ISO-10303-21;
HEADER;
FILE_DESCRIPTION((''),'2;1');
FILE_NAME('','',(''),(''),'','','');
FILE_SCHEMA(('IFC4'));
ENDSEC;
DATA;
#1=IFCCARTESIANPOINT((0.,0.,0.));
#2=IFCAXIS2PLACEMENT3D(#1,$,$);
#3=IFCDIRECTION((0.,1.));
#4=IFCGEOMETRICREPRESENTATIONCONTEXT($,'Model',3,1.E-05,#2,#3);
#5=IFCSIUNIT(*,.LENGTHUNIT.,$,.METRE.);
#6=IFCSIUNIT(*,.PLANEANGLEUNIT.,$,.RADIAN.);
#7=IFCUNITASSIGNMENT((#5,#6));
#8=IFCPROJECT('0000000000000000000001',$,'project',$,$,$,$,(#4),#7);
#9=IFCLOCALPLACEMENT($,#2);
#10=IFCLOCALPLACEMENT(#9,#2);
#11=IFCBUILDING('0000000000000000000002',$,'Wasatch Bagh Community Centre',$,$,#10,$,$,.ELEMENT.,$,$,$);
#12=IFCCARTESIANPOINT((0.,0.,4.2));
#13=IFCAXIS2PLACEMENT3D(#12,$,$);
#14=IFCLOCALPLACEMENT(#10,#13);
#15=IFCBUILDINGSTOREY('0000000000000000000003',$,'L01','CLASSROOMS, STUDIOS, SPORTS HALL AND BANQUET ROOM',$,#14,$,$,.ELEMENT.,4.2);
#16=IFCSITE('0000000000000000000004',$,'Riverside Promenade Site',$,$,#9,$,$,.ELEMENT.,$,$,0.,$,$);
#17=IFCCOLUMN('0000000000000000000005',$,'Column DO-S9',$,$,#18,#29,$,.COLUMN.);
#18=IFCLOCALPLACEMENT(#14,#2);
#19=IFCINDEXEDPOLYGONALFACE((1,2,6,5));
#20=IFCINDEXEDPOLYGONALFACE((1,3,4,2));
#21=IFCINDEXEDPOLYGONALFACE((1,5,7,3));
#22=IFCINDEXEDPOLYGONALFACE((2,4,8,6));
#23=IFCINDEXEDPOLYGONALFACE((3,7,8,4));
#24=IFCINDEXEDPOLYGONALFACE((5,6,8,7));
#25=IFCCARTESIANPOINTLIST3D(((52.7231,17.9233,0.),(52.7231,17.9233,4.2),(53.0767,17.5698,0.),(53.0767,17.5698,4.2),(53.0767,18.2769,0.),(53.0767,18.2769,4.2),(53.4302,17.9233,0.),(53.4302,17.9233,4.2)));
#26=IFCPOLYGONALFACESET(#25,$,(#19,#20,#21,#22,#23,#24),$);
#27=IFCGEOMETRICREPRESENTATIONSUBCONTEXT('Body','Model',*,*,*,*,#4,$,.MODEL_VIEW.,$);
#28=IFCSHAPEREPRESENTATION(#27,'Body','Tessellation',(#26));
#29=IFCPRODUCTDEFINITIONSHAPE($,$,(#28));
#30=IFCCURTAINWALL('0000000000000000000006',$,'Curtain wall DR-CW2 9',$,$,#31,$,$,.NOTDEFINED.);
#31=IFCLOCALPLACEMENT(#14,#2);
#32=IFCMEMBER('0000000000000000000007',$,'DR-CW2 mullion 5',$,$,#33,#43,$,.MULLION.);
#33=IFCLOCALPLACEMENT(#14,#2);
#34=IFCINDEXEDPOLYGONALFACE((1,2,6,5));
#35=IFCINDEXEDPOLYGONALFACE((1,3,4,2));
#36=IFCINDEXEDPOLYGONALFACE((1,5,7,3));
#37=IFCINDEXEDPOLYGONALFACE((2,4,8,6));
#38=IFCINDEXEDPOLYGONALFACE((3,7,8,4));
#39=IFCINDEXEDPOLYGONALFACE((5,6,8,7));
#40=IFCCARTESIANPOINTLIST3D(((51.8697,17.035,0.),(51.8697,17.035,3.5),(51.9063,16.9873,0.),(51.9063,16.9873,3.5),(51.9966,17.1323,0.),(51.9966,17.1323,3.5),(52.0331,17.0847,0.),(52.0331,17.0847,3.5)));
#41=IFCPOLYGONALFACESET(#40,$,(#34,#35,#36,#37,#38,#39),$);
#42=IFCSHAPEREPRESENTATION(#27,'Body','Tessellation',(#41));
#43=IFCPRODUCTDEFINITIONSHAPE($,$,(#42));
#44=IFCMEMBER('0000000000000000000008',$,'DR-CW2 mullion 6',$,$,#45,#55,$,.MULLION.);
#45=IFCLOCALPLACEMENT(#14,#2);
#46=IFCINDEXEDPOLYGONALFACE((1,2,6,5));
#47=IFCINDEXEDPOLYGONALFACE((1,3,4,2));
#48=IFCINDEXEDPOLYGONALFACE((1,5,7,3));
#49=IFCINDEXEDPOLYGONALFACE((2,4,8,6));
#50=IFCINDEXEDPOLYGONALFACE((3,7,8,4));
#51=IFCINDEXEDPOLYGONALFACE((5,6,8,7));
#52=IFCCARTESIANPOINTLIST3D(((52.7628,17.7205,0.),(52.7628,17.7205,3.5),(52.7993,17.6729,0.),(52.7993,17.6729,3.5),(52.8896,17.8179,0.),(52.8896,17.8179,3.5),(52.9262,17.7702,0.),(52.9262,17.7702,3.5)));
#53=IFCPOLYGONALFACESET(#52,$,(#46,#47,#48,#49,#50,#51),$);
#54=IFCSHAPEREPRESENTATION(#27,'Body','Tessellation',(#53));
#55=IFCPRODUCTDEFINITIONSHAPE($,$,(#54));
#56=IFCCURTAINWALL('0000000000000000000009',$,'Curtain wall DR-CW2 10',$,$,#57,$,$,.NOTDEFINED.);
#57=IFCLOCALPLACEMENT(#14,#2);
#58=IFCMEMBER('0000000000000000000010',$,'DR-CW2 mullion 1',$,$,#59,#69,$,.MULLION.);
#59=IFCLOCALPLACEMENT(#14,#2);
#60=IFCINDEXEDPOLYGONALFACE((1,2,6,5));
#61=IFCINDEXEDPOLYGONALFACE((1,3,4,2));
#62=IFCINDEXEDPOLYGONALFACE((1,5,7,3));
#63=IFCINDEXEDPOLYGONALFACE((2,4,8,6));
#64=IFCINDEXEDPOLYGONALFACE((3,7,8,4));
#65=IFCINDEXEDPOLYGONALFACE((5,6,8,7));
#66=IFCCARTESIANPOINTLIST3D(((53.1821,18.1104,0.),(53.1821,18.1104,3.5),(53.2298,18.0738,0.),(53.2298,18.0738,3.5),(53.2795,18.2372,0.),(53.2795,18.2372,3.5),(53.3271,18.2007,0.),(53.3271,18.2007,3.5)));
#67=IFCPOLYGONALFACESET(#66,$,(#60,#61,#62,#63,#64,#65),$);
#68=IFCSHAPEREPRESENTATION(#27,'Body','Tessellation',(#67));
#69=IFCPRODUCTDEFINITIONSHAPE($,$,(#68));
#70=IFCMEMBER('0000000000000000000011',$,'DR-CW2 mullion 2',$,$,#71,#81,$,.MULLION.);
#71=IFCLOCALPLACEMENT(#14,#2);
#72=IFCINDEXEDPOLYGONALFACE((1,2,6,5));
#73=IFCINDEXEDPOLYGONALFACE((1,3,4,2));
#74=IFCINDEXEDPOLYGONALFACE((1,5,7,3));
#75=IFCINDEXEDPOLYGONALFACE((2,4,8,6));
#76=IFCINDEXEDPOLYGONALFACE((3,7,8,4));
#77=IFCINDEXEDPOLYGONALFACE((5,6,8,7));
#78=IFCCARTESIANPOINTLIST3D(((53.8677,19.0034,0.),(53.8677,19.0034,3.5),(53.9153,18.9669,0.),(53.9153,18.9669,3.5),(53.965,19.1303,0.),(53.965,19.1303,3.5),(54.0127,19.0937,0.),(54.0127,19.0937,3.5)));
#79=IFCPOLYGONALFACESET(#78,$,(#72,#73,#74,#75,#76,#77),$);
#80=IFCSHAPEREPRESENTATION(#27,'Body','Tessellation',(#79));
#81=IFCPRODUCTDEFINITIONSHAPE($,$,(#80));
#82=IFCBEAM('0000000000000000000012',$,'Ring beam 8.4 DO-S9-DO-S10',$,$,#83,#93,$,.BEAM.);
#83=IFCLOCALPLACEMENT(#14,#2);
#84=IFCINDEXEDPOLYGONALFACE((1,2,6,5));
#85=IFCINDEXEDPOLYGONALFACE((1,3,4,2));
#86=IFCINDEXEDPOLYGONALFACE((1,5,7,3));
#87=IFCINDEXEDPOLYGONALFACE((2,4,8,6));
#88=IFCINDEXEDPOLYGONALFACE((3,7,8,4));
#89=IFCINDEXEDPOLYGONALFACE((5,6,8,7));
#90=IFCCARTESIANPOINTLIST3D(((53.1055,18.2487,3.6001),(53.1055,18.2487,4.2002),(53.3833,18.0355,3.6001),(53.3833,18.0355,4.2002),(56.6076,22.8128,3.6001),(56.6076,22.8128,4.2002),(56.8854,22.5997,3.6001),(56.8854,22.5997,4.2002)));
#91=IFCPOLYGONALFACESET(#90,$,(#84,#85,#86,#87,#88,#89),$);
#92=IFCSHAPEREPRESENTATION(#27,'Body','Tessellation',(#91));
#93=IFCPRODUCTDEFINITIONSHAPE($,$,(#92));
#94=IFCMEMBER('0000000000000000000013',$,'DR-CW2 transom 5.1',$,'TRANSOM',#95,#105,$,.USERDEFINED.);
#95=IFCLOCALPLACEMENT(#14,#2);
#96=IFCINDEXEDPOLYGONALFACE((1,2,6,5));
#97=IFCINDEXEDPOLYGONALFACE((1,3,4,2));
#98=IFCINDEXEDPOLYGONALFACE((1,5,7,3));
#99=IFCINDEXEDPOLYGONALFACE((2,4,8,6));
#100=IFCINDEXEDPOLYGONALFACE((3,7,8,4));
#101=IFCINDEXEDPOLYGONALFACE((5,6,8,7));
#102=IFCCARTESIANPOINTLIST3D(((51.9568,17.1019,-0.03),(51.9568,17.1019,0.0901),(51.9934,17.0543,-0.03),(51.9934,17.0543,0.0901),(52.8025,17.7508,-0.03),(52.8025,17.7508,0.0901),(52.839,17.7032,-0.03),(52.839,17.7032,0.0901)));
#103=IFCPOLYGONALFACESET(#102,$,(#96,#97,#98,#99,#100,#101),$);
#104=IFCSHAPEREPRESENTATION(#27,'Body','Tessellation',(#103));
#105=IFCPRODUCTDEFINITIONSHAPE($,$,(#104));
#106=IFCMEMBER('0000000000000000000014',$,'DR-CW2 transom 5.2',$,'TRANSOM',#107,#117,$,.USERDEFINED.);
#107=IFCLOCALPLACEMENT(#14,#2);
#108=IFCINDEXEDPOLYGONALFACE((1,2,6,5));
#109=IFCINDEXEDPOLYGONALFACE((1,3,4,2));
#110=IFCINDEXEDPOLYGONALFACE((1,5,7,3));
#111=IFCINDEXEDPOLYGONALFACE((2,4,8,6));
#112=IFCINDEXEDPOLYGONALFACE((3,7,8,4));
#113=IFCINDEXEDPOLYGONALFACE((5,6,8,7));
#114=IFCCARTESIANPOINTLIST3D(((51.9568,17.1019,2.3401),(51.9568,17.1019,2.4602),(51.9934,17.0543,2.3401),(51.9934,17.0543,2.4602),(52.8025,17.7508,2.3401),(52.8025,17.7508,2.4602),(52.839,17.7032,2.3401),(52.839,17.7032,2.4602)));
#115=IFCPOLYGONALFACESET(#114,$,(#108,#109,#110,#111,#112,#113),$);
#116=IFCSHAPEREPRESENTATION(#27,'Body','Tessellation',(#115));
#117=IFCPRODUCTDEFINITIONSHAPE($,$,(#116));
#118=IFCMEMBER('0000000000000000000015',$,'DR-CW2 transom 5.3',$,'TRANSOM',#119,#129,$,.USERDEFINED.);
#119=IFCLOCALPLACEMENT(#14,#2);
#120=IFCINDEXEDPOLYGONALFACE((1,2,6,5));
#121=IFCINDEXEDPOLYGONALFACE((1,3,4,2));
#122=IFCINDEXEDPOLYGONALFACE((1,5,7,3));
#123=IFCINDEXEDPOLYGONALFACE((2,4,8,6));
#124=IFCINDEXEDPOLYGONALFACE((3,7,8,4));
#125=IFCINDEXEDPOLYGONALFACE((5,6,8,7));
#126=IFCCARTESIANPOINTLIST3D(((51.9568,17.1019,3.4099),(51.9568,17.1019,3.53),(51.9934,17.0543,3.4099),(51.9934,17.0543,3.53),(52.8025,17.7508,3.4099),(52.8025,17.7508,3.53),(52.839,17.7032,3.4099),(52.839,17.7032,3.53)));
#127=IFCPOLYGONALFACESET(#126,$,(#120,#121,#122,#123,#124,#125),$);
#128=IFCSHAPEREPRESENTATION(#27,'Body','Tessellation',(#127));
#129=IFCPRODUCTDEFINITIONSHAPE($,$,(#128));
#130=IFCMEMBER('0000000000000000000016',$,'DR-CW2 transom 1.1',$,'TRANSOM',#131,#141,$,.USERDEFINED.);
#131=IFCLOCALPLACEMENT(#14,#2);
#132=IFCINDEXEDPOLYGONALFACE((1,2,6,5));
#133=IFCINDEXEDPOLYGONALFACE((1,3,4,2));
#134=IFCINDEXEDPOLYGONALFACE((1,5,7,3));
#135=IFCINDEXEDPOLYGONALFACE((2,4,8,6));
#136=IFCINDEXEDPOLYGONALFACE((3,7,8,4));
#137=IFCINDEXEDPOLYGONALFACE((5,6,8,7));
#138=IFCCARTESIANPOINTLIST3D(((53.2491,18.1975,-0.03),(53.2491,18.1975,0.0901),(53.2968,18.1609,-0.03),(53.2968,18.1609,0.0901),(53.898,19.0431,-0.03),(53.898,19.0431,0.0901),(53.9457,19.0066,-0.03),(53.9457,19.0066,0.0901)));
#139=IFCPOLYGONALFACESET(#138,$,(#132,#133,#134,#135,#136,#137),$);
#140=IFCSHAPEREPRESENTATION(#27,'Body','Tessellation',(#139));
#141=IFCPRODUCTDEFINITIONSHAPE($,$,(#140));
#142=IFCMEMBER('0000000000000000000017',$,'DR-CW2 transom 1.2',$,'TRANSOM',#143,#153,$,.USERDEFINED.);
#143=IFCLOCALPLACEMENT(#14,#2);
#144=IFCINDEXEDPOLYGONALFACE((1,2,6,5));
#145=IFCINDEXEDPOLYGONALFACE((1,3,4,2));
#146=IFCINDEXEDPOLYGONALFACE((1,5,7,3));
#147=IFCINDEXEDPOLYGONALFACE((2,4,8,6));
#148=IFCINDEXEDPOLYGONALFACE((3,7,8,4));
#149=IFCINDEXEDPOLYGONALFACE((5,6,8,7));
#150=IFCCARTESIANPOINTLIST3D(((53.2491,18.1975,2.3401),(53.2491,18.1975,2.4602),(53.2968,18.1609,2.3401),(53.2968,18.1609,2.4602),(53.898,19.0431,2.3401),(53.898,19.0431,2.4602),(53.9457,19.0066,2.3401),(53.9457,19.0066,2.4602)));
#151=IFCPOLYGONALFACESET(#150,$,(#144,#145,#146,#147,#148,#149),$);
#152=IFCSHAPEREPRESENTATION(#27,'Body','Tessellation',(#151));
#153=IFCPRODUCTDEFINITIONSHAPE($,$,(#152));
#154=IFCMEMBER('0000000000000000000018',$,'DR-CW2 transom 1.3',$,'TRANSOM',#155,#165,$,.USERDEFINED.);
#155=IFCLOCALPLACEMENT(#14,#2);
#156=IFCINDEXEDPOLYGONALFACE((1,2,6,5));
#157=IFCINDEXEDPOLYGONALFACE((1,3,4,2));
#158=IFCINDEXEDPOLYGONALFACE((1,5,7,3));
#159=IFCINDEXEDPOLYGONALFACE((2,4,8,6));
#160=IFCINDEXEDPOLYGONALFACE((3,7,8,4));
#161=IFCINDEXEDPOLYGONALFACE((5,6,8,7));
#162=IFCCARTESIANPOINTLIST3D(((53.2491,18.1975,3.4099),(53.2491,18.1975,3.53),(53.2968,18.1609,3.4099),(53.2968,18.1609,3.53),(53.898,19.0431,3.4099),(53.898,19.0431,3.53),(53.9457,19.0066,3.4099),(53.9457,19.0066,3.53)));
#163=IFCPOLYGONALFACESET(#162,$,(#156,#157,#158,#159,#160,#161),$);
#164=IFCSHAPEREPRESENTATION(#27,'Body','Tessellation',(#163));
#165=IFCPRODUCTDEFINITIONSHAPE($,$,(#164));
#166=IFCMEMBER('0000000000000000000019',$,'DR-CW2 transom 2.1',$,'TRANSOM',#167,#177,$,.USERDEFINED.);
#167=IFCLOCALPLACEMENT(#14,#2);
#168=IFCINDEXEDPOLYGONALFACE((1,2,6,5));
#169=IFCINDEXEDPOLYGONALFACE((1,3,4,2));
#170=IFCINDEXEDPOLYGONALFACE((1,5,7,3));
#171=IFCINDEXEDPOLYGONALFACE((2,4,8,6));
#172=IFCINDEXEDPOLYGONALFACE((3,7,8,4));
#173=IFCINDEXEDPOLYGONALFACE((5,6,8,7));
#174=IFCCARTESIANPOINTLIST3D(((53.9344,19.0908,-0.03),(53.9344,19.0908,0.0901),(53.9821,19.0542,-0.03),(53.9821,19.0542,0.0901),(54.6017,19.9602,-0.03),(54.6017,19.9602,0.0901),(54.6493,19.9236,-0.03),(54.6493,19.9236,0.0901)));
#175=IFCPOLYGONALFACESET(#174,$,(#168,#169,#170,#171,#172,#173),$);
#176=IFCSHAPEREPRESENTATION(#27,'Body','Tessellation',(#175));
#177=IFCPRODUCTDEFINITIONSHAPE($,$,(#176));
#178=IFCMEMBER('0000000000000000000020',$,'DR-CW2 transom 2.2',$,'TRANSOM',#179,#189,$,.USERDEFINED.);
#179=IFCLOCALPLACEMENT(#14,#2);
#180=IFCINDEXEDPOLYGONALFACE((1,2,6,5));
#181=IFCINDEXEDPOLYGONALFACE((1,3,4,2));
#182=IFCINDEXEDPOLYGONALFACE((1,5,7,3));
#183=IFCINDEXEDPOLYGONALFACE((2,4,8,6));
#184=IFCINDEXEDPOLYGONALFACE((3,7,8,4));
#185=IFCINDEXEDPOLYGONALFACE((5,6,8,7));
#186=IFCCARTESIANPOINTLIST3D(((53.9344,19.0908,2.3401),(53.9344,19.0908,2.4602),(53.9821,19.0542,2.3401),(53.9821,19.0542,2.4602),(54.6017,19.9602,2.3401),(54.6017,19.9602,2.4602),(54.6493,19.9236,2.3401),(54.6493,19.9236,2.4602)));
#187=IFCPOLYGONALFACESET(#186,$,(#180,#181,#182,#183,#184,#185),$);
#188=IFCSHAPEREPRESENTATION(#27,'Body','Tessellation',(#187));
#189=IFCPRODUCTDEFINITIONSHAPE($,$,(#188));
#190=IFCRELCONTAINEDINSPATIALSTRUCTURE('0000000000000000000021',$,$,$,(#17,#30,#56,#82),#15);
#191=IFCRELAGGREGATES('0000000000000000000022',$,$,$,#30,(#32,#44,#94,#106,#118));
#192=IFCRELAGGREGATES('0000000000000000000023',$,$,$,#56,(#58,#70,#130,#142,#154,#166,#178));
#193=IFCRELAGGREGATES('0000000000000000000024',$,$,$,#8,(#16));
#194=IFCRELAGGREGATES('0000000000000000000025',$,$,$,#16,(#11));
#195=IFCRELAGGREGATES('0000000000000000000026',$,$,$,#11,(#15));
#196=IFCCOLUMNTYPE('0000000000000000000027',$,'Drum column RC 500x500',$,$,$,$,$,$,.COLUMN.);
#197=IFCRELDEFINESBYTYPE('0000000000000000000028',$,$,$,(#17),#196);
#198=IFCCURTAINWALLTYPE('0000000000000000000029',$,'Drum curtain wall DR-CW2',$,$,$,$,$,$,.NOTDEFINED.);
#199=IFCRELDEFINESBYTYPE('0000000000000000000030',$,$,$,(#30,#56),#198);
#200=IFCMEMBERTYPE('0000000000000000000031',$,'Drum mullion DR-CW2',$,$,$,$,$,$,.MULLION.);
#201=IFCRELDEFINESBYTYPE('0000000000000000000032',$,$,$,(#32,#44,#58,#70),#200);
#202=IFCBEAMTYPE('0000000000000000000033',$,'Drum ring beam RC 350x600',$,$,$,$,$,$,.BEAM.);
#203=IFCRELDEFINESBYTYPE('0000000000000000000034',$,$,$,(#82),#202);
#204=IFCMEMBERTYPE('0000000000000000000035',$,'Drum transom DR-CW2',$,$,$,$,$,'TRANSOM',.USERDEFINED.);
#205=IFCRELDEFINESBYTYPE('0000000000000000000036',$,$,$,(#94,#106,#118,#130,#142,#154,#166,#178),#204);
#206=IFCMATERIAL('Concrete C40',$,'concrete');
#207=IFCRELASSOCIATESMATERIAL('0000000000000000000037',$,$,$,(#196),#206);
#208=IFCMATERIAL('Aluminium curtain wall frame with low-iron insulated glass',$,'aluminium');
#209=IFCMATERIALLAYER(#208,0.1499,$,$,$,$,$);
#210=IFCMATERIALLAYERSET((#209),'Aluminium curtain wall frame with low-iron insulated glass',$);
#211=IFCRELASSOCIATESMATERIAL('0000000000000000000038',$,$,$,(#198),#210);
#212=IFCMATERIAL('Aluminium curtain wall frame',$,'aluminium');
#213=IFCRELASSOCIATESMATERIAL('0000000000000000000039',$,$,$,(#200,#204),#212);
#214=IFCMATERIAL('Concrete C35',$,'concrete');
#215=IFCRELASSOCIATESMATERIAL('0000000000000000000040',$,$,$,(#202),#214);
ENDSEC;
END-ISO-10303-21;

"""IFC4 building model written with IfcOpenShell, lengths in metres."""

from ifc_helpers import new_model, si_unit, direction, frame, origin, origin_2d, place, context, subcontext, project, spatial, rectangle, extrude, material, layer, layer_set, material_profile, profile_set, type_object, element, aggregate, save


model = new_model("IFC4")

# Units and contexts
model_context = context("Model", 3, precision=1e-05, world=origin(), true_north=direction((0.0, 1.0)))
body_context = subcontext(model_context, "Body", "Model", "MODEL_VIEW")
ifc_project = project(units=[si_unit("LENGTHUNIT", "METRE"), si_unit("PLANEANGLEUNIT", "RADIAN")], contexts=[model_context])

# Site, building, storey
site_placement = place(None, origin())
site = spatial("IfcSite", under=ifc_project, at=site_placement, Name="Riverside Promenade Site", CompositionType="ELEMENT", RefElevation=0.0)
building_placement = place(site_placement, origin())
building = spatial("IfcBuilding", under=site, at=building_placement, Name="Wasatch Bagh Community Centre", CompositionType="ELEMENT")
storey_placement = place(building_placement, frame((0.0, 0.0, 4.2)))
storey = spatial("IfcBuildingStorey", under=building, at=storey_placement, Name="L01", Description="CLASSROOMS, STUDIOS, SPORTS HALL AND BANQUET ROOM", CompositionType="ELEMENT", Elevation=4.2)

# Column
ifc_material_1 = material(Name="Concrete C40", Category="concrete")
ifc_material_profile_1 = material_profile(ifc_material_1, rectangle(XDim=0.5, YDim=0.5, at=origin_2d()), Name="RC 500x500")
ifc_profile_set_1 = profile_set([ifc_material_profile_1], Name="Concrete C40")
column_type = type_object("IfcColumnType", Name="Drum column RC 500x500", PredefinedType="COLUMN", material=ifc_profile_set_1)
column_placement = place(storey_placement, frame((53.0767, 17.9233, 0.0), z_axis=(0.0, 0.0, 1.0), x_axis=(0.707107, 0.707107, 0.0)))
element("IfcColumn", 1, at=column_placement, inside=storey, type_object=column_type, Name="Column DO-S9", PredefinedType="COLUMN", context=body_context, shape_type="SweptSolid", body=[
    extrude(rectangle(XDim=0.5, YDim=0.5, at=origin_2d()), origin(), (0.0, 0.0, 1.0), 4.2),
])

# Curtain walls, members
ifc_material_2 = material(Name="Aluminium curtain wall frame with low-iron insulated glass", Category="aluminium")
ifc_layer_1 = layer(ifc_material_2, 0.1499)
ifc_layer_set_1 = layer_set([ifc_layer_1], Name="Aluminium curtain wall frame with low-iron insulated glass")
curtain_wall_type = type_object("IfcCurtainWallType", Name="Drum curtain wall DR-CW2", PredefinedType="NOTDEFINED", material=ifc_layer_set_1)
curtain_wall_1_placement = place(storey_placement, origin())
curtain_wall_1 = element("IfcCurtainWall", 2, at=curtain_wall_1_placement, inside=storey, type_object=curtain_wall_type, Name="Curtain wall DR-CW2 9", PredefinedType="NOTDEFINED")
ifc_material_3 = material(Name="Aluminium curtain wall frame", Category="aluminium")
ifc_material_profile_2 = material_profile(ifc_material_3, rectangle(XDim=0.0601, YDim=0.1599, at=origin_2d()), Name="Drum mullion DR-CW2")
ifc_profile_set_2 = profile_set([ifc_material_profile_2], Name="Aluminium curtain wall frame")
member_type_1 = type_object("IfcMemberType", Name="Drum mullion DR-CW2", PredefinedType="MULLION", material=ifc_profile_set_2)
member_1_placement = place(storey_placement, frame((51.9514, 17.0598, 0.0), z_axis=(0.0, 0.0, 1.0), x_axis=(-0.608761, 0.793353, 0.0)))
member_1 = element("IfcMember", 3, at=member_1_placement, type_object=member_type_1, Name="DR-CW2 mullion 5", PredefinedType="MULLION", context=body_context, shape_type="SweptSolid", body=[
    extrude(rectangle(XDim=0.0601, YDim=0.1599, at=origin_2d()), origin(), (0.0, 0.0, 1.0), 3.5),
])
member_2_placement = place(storey_placement, frame((52.8445, 17.7454, 0.0), z_axis=(0.0, 0.0, 1.0), x_axis=(-0.608761, 0.793353, 0.0)))
member_2 = element("IfcMember", 4, at=member_2_placement, type_object=member_type_1, Name="DR-CW2 mullion 6", PredefinedType="MULLION", context=body_context, shape_type="SweptSolid", body=[
    extrude(rectangle(XDim=0.0601, YDim=0.1599, at=origin_2d()), origin(), (0.0, 0.0, 1.0), 3.5),
])
curtain_wall_2_placement = place(storey_placement, origin())
curtain_wall_2 = element("IfcCurtainWall", 5, at=curtain_wall_2_placement, inside=storey, type_object=curtain_wall_type, Name="Curtain wall DR-CW2 10", PredefinedType="NOTDEFINED")
member_3_placement = place(storey_placement, frame((53.2546, 18.1555, 0.0), z_axis=(0.0, 0.0, 1.0), x_axis=(-0.793353, 0.608761, 0.0)))
member_3 = element("IfcMember", 6, at=member_3_placement, type_object=member_type_1, Name="DR-CW2 mullion 1", PredefinedType="MULLION", context=body_context, shape_type="SweptSolid", body=[
    extrude(rectangle(XDim=0.0601, YDim=0.1599, at=origin_2d()), origin(), (0.0, 0.0, 1.0), 3.5),
])
member_4_placement = place(storey_placement, frame((53.9402, 19.0486, 0.0), z_axis=(0.0, 0.0, 1.0), x_axis=(-0.793353, 0.608761, 0.0)))
member_4 = element("IfcMember", 7, at=member_4_placement, type_object=member_type_1, Name="DR-CW2 mullion 2", PredefinedType="MULLION", context=body_context, shape_type="SweptSolid", body=[
    extrude(rectangle(XDim=0.0601, YDim=0.1599, at=origin_2d()), origin(), (0.0, 0.0, 1.0), 3.5),
])

# Beam
ifc_material_4 = material(Name="Concrete C35", Category="concrete")
ifc_material_profile_3 = material_profile(ifc_material_4, rectangle(XDim=0.3501, YDim=0.6001, at=origin_2d()), Name="RC 350x600")
ifc_profile_set_3 = profile_set([ifc_material_profile_3], Name="Concrete C35")
beam_type = type_object("IfcBeamType", Name="Drum ring beam RC 350x600", PredefinedType="BEAM", material=ifc_profile_set_3)
beam_placement = place(storey_placement, frame((53.2444, 18.1421, 3.9001), z_axis=(0.608757, 0.793357, 0.0), x_axis=(-0.793357, 0.608757, 0.0)))
element("IfcBeam", 8, at=beam_placement, inside=storey, type_object=beam_type, Name="Ring beam 8.4 DO-S9-DO-S10", PredefinedType="BEAM", context=body_context, shape_type="SweptSolid", body=[
    extrude(rectangle(XDim=0.3501, YDim=0.6001, at=origin_2d()), origin(), (0.0, 0.0, 1.0), 5.7529),
])

# Members
ifc_material_profile_4 = material_profile(ifc_material_3, rectangle(XDim=0.0601, YDim=0.1201, at=origin_2d()), Name="Drum transom DR-CW2")
ifc_profile_set_4 = profile_set([ifc_material_profile_4], Name="Aluminium curtain wall frame")
member_type_2 = type_object("IfcMemberType", Name="Drum transom DR-CW2", ElementType="TRANSOM", PredefinedType="USERDEFINED", material=ifc_profile_set_4)
member_5_placement = place(storey_placement, frame((51.9751, 17.0781, 0.03), z_axis=(0.793356, 0.608758, 0.0), x_axis=(-0.608758, 0.793356, 0.0)))
member_5 = element("IfcMember", 9, at=member_5_placement, type_object=member_type_2, Name="DR-CW2 transom 5.1", ObjectType="TRANSOM", PredefinedType="USERDEFINED", context=body_context, shape_type="SweptSolid", body=[
    extrude(rectangle(XDim=0.0601, YDim=0.1201, at=origin_2d()), origin(), (0.0, 0.0, 1.0), 1.0659),
])
member_6_placement = place(storey_placement, frame((51.9751, 17.0781, 2.4001), z_axis=(0.793356, 0.608758, 0.0), x_axis=(-0.608758, 0.793356, 0.0)))
member_6 = element("IfcMember", 10, at=member_6_placement, type_object=member_type_2, Name="DR-CW2 transom 5.2", ObjectType="TRANSOM", PredefinedType="USERDEFINED", context=body_context, shape_type="SweptSolid", body=[
    extrude(rectangle(XDim=0.0601, YDim=0.1201, at=origin_2d()), origin(), (0.0, 0.0, 1.0), 1.0659),
])
member_7_placement = place(storey_placement, frame((51.9751, 17.0781, 3.47), z_axis=(0.793356, 0.608758, 0.0), x_axis=(-0.608758, 0.793356, 0.0)))
member_7 = element("IfcMember", 11, at=member_7_placement, type_object=member_type_2, Name="DR-CW2 transom 5.3", ObjectType="TRANSOM", PredefinedType="USERDEFINED", context=body_context, shape_type="SweptSolid", body=[
    extrude(rectangle(XDim=0.0601, YDim=0.1201, at=origin_2d()), origin(), (0.0, 0.0, 1.0), 1.0659),
])
member_8_placement = place(storey_placement, frame((53.2729, 18.1792, 0.03), z_axis=(0.608758, 0.793356, 0.0), x_axis=(-0.793356, 0.608758, 0.0)))
member_8 = element("IfcMember", 12, at=member_8_placement, type_object=member_type_2, Name="DR-CW2 transom 1.1", ObjectType="TRANSOM", PredefinedType="USERDEFINED", context=body_context, shape_type="SweptSolid", body=[
    extrude(rectangle(XDim=0.0601, YDim=0.1201, at=origin_2d()), origin(), (0.0, 0.0, 1.0), 1.0659),
])
member_9_placement = place(storey_placement, frame((53.2729, 18.1792, 2.4001), z_axis=(0.608758, 0.793356, 0.0), x_axis=(-0.793356, 0.608758, 0.0)))
member_9 = element("IfcMember", 13, at=member_9_placement, type_object=member_type_2, Name="DR-CW2 transom 1.2", ObjectType="TRANSOM", PredefinedType="USERDEFINED", context=body_context, shape_type="SweptSolid", body=[
    extrude(rectangle(XDim=0.0601, YDim=0.1201, at=origin_2d()), origin(), (0.0, 0.0, 1.0), 1.0659),
])
member_10_placement = place(storey_placement, frame((53.2729, 18.1792, 3.47), z_axis=(0.608758, 0.793356, 0.0), x_axis=(-0.793356, 0.608758, 0.0)))
member_10 = element("IfcMember", 14, at=member_10_placement, type_object=member_type_2, Name="DR-CW2 transom 1.3", ObjectType="TRANSOM", PredefinedType="USERDEFINED", context=body_context, shape_type="SweptSolid", body=[
    extrude(rectangle(XDim=0.0601, YDim=0.1201, at=origin_2d()), origin(), (0.0, 0.0, 1.0), 1.0659),
])
member_11_placement = place(storey_placement, frame((53.9583, 19.0725, 0.03), z_axis=(0.608838, 0.793294, 0.0), x_axis=(-0.793294, 0.608838, 0.0)))
member_11 = element("IfcMember", 15, at=member_11_placement, type_object=member_type_2, Name="DR-CW2 transom 2.1", ObjectType="TRANSOM", PredefinedType="USERDEFINED", context=body_context, shape_type="SweptSolid", body=[
    extrude(rectangle(XDim=0.0601, YDim=0.1201, at=origin_2d()), origin(), (0.0, 0.0, 1.0), 1.0959),
])
member_12_placement = place(storey_placement, frame((53.9583, 19.0725, 2.4001), z_axis=(0.608838, 0.793294, 0.0), x_axis=(-0.793294, 0.608838, 0.0)))
member_12 = element("IfcMember", 16, at=member_12_placement, type_object=member_type_2, Name="DR-CW2 transom 2.2", ObjectType="TRANSOM", PredefinedType="USERDEFINED", context=body_context, shape_type="SweptSolid", body=[
    extrude(rectangle(XDim=0.0601, YDim=0.1201, at=origin_2d()), origin(), (0.0, 0.0, 1.0), 1.0959),
])

aggregate(curtain_wall_1, [member_1, member_2, member_5, member_6, member_7])
aggregate(curtain_wall_2, [member_3, member_4, member_8, member_9, member_10, member_11, member_12])

save(model, "model.ifc")
